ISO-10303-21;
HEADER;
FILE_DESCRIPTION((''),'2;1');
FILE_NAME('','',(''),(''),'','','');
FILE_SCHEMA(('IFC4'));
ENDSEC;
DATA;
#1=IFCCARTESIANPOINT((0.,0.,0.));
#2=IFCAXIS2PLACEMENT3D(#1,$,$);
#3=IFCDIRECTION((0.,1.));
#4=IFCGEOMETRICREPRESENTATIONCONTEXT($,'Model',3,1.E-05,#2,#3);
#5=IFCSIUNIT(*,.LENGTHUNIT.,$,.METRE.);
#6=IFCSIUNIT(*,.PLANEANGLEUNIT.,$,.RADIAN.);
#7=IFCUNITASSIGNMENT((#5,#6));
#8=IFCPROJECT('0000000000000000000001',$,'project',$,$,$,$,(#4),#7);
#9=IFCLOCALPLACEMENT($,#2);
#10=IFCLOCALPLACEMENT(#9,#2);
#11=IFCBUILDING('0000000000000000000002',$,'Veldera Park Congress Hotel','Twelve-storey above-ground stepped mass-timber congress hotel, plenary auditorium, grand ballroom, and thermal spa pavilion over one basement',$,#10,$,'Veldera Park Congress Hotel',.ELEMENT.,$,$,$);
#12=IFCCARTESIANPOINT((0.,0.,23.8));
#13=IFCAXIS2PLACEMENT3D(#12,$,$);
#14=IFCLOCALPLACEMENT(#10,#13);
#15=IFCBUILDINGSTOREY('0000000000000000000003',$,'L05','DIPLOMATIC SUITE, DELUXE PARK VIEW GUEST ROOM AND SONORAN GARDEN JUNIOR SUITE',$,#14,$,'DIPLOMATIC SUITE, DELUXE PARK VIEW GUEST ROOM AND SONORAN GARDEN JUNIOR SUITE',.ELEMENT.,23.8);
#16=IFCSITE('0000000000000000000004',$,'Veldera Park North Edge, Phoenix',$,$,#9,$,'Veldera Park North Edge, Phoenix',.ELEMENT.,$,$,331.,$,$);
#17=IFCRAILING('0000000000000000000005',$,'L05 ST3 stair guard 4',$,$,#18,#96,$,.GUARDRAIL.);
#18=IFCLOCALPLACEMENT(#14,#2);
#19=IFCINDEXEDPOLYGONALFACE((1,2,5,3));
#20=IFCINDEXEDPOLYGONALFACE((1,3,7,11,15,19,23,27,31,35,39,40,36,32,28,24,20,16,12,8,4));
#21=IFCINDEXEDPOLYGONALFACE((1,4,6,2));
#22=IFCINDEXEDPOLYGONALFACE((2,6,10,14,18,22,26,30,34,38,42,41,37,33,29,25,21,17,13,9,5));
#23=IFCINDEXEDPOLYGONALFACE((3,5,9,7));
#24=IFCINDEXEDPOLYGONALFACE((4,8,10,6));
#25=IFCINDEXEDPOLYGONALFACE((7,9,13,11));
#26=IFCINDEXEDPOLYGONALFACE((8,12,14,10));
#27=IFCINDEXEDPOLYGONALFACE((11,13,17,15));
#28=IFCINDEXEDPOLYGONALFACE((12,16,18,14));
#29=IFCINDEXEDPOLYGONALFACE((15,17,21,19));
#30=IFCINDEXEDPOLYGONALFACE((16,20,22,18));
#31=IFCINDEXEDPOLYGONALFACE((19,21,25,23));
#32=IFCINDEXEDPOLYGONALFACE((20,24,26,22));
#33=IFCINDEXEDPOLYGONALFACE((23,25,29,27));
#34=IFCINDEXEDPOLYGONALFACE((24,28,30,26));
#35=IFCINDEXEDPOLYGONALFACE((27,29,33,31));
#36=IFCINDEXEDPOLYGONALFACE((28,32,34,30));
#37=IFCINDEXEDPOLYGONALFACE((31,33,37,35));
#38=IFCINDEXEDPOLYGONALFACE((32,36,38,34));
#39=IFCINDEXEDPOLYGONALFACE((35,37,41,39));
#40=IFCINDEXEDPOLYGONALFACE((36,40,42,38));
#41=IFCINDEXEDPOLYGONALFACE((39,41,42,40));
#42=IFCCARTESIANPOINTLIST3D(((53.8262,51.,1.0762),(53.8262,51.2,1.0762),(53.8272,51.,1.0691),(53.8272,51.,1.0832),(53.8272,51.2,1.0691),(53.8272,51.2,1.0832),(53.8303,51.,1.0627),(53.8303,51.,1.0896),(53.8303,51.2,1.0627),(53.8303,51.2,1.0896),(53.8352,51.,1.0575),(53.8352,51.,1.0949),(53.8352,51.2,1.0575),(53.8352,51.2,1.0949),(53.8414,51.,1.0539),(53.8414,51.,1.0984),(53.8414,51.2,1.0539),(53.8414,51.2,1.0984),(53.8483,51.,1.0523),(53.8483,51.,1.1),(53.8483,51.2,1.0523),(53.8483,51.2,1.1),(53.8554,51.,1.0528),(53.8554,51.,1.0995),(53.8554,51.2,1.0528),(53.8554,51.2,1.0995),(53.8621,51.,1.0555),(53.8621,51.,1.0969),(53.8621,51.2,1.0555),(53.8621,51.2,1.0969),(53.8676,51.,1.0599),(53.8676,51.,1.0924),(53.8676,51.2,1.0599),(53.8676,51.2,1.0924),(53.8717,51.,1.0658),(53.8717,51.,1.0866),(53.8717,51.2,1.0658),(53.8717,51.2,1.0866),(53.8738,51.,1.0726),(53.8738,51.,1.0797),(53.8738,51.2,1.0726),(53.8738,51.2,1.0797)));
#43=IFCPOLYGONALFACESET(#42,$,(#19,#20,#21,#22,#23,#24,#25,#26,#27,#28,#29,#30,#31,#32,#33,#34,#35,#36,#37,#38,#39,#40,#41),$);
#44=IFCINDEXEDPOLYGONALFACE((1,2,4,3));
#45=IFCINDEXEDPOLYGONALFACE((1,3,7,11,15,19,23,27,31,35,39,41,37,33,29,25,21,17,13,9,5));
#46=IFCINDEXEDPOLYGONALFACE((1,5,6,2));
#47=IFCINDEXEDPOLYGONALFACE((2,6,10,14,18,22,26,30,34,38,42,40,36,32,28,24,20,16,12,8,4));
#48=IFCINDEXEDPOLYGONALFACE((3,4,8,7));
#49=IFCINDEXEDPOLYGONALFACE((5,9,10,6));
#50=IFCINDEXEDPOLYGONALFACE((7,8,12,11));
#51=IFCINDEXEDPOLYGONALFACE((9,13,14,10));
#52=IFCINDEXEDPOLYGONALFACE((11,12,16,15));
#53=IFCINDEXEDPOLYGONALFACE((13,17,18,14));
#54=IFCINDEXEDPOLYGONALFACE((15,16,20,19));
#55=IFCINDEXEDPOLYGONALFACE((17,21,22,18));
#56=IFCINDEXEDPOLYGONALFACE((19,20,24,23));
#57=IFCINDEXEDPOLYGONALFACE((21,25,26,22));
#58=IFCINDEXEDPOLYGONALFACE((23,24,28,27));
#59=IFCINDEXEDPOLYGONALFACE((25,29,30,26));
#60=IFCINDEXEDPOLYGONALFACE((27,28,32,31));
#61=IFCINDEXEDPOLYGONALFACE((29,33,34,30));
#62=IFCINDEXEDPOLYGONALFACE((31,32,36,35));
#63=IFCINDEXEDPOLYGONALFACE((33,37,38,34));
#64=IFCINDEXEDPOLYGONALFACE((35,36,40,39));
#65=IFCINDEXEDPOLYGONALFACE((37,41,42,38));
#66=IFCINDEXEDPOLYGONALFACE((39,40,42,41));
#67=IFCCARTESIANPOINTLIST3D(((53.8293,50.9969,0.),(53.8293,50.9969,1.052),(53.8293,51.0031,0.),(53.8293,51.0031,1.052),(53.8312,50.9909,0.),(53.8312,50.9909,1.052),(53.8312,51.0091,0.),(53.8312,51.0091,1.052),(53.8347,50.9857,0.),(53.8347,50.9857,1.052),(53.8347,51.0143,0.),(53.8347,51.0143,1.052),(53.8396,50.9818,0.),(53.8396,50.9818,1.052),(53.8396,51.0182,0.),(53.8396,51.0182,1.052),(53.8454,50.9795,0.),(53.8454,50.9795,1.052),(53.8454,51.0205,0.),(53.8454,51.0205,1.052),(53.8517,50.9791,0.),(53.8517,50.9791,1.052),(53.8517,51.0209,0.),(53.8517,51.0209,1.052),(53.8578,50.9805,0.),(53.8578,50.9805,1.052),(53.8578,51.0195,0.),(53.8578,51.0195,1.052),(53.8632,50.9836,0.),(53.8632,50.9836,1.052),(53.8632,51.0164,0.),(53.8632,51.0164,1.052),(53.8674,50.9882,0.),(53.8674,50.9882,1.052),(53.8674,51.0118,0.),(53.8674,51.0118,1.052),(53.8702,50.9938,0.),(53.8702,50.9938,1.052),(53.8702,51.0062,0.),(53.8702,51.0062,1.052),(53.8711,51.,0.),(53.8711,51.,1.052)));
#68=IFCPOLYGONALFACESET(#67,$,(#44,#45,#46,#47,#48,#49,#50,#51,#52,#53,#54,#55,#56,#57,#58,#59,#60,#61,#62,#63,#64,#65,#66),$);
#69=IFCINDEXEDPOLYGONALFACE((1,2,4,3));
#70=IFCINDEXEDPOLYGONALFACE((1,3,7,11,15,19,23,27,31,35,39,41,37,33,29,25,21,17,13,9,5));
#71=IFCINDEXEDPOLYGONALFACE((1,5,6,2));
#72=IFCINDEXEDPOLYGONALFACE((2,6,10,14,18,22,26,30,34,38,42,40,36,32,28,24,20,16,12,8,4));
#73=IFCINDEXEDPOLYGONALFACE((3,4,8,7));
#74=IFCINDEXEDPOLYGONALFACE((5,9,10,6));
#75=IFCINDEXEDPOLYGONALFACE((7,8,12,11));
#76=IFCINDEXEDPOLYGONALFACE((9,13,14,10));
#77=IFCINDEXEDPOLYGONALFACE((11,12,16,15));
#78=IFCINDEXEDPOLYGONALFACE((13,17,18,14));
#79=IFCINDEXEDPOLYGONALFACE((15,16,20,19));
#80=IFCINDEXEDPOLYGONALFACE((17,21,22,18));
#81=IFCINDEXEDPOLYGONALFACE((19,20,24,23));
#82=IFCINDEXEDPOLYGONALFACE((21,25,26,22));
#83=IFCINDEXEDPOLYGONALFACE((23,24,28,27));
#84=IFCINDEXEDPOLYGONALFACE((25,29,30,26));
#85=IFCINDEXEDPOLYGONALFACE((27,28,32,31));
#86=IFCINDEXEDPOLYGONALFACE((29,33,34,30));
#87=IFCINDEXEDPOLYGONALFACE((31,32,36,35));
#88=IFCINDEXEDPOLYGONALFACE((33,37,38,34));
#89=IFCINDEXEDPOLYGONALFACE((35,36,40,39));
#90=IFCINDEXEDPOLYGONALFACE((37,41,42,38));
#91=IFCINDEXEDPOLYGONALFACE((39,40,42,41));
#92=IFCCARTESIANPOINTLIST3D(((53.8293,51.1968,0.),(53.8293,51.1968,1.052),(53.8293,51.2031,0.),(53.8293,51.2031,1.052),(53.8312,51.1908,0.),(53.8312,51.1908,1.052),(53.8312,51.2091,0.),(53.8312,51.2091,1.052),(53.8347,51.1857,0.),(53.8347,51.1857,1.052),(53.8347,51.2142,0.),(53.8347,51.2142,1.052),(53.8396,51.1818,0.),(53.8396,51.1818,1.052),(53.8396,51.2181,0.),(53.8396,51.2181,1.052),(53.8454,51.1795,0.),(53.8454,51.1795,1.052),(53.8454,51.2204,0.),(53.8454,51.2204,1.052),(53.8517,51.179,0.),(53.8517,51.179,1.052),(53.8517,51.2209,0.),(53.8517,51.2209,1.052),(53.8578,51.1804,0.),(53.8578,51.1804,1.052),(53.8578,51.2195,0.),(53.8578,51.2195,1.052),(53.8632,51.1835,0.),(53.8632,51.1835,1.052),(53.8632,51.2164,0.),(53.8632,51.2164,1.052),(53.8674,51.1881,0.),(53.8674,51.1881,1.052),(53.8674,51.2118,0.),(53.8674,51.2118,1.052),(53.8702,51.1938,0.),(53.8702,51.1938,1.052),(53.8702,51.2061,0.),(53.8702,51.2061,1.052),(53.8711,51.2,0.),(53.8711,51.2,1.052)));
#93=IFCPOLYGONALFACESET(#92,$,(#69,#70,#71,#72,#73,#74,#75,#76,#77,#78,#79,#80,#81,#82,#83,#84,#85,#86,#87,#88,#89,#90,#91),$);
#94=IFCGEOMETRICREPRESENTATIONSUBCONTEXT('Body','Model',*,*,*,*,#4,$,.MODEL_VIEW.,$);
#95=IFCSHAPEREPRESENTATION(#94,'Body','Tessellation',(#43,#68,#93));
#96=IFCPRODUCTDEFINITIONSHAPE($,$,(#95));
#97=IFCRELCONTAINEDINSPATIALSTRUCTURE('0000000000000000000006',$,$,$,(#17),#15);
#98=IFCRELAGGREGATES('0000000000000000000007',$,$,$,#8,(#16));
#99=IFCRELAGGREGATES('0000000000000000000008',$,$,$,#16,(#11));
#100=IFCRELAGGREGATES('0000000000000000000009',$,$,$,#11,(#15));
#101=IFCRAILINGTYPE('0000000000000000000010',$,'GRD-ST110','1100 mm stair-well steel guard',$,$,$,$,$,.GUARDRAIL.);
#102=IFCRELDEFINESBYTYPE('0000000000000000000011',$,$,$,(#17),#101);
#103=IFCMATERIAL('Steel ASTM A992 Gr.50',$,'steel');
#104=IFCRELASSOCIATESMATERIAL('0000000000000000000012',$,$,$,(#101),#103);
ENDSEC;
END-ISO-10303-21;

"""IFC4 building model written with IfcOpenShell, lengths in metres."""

from ifc_helpers import new_model, si_unit, direction, frame, origin, origin_2d, place, context, subcontext, project, spatial, circle, extrude, material, type_object, element, save


model = new_model("IFC4")

# Units and contexts
model_context = context("Model", 3, precision=1e-05, world=origin(), true_north=direction((0.0, 1.0)))
body_context = subcontext(model_context, "Body", "Model", "MODEL_VIEW")
ifc_project = project(units=[si_unit("LENGTHUNIT", "METRE"), si_unit("PLANEANGLEUNIT", "RADIAN")], contexts=[model_context])

# Site, building, storey
site_placement = place(None, origin())
site = spatial("IfcSite", under=ifc_project, at=site_placement, Name="Veldera Park North Edge, Phoenix", LongName="Veldera Park North Edge, Phoenix", CompositionType="ELEMENT", RefElevation=331.0)
building_placement = place(site_placement, origin())
building = spatial("IfcBuilding", under=site, at=building_placement, Name="Veldera Park Congress Hotel", Description="Twelve-storey above-ground stepped mass-timber congress hotel, plenary auditorium, grand ballroom, and thermal spa pavilion over one basement", LongName="Veldera Park Congress Hotel", CompositionType="ELEMENT")
storey_placement = place(building_placement, frame((0.0, 0.0, 23.8)))
storey = spatial("IfcBuildingStorey", under=building, at=storey_placement, Name="L05", Description="DIPLOMATIC SUITE, DELUXE PARK VIEW GUEST ROOM AND SONORAN GARDEN JUNIOR SUITE", LongName="DIPLOMATIC SUITE, DELUXE PARK VIEW GUEST ROOM AND SONORAN GARDEN JUNIOR SUITE", CompositionType="ELEMENT", Elevation=23.8)

# Railing
ifc_material_1 = material(Name="Steel ASTM A992 Gr.50", Category="steel")
railing_type_1 = type_object("IfcRailingType", Name="GRD-ST110", Description="1100 mm stair-well steel guard", PredefinedType="GUARDRAIL", material=ifc_material_1)
railing_1_placement = place(storey_placement, frame((53.8501, 51.0, 0.0)))
element("IfcRailing", 1, at=railing_1_placement, inside=storey, type_object=railing_type_1, Name="L05 ST3 stair guard 4", PredefinedType="GUARDRAIL", context=body_context, shape_type="SweptSolid", body=[
    extrude(circle(Radius=0.0239, at=origin_2d()), frame((0.0, 0.0, 1.0762), z_axis=(0.0, 1.0, 0.0), x_axis=(-1.0, 0.0, 0.0)), (0.0, 0.0, 1.0), 0.2),
    extrude(circle(Radius=0.021, at=origin_2d()), origin(), (0.0, 0.0, 1.0), 1.052),
    extrude(circle(Radius=0.021, at=origin_2d()), frame((0.0, 0.2, 0.0)), (0.0, 0.0, 1.0), 1.052),
])

save(model, "model.ifc")
